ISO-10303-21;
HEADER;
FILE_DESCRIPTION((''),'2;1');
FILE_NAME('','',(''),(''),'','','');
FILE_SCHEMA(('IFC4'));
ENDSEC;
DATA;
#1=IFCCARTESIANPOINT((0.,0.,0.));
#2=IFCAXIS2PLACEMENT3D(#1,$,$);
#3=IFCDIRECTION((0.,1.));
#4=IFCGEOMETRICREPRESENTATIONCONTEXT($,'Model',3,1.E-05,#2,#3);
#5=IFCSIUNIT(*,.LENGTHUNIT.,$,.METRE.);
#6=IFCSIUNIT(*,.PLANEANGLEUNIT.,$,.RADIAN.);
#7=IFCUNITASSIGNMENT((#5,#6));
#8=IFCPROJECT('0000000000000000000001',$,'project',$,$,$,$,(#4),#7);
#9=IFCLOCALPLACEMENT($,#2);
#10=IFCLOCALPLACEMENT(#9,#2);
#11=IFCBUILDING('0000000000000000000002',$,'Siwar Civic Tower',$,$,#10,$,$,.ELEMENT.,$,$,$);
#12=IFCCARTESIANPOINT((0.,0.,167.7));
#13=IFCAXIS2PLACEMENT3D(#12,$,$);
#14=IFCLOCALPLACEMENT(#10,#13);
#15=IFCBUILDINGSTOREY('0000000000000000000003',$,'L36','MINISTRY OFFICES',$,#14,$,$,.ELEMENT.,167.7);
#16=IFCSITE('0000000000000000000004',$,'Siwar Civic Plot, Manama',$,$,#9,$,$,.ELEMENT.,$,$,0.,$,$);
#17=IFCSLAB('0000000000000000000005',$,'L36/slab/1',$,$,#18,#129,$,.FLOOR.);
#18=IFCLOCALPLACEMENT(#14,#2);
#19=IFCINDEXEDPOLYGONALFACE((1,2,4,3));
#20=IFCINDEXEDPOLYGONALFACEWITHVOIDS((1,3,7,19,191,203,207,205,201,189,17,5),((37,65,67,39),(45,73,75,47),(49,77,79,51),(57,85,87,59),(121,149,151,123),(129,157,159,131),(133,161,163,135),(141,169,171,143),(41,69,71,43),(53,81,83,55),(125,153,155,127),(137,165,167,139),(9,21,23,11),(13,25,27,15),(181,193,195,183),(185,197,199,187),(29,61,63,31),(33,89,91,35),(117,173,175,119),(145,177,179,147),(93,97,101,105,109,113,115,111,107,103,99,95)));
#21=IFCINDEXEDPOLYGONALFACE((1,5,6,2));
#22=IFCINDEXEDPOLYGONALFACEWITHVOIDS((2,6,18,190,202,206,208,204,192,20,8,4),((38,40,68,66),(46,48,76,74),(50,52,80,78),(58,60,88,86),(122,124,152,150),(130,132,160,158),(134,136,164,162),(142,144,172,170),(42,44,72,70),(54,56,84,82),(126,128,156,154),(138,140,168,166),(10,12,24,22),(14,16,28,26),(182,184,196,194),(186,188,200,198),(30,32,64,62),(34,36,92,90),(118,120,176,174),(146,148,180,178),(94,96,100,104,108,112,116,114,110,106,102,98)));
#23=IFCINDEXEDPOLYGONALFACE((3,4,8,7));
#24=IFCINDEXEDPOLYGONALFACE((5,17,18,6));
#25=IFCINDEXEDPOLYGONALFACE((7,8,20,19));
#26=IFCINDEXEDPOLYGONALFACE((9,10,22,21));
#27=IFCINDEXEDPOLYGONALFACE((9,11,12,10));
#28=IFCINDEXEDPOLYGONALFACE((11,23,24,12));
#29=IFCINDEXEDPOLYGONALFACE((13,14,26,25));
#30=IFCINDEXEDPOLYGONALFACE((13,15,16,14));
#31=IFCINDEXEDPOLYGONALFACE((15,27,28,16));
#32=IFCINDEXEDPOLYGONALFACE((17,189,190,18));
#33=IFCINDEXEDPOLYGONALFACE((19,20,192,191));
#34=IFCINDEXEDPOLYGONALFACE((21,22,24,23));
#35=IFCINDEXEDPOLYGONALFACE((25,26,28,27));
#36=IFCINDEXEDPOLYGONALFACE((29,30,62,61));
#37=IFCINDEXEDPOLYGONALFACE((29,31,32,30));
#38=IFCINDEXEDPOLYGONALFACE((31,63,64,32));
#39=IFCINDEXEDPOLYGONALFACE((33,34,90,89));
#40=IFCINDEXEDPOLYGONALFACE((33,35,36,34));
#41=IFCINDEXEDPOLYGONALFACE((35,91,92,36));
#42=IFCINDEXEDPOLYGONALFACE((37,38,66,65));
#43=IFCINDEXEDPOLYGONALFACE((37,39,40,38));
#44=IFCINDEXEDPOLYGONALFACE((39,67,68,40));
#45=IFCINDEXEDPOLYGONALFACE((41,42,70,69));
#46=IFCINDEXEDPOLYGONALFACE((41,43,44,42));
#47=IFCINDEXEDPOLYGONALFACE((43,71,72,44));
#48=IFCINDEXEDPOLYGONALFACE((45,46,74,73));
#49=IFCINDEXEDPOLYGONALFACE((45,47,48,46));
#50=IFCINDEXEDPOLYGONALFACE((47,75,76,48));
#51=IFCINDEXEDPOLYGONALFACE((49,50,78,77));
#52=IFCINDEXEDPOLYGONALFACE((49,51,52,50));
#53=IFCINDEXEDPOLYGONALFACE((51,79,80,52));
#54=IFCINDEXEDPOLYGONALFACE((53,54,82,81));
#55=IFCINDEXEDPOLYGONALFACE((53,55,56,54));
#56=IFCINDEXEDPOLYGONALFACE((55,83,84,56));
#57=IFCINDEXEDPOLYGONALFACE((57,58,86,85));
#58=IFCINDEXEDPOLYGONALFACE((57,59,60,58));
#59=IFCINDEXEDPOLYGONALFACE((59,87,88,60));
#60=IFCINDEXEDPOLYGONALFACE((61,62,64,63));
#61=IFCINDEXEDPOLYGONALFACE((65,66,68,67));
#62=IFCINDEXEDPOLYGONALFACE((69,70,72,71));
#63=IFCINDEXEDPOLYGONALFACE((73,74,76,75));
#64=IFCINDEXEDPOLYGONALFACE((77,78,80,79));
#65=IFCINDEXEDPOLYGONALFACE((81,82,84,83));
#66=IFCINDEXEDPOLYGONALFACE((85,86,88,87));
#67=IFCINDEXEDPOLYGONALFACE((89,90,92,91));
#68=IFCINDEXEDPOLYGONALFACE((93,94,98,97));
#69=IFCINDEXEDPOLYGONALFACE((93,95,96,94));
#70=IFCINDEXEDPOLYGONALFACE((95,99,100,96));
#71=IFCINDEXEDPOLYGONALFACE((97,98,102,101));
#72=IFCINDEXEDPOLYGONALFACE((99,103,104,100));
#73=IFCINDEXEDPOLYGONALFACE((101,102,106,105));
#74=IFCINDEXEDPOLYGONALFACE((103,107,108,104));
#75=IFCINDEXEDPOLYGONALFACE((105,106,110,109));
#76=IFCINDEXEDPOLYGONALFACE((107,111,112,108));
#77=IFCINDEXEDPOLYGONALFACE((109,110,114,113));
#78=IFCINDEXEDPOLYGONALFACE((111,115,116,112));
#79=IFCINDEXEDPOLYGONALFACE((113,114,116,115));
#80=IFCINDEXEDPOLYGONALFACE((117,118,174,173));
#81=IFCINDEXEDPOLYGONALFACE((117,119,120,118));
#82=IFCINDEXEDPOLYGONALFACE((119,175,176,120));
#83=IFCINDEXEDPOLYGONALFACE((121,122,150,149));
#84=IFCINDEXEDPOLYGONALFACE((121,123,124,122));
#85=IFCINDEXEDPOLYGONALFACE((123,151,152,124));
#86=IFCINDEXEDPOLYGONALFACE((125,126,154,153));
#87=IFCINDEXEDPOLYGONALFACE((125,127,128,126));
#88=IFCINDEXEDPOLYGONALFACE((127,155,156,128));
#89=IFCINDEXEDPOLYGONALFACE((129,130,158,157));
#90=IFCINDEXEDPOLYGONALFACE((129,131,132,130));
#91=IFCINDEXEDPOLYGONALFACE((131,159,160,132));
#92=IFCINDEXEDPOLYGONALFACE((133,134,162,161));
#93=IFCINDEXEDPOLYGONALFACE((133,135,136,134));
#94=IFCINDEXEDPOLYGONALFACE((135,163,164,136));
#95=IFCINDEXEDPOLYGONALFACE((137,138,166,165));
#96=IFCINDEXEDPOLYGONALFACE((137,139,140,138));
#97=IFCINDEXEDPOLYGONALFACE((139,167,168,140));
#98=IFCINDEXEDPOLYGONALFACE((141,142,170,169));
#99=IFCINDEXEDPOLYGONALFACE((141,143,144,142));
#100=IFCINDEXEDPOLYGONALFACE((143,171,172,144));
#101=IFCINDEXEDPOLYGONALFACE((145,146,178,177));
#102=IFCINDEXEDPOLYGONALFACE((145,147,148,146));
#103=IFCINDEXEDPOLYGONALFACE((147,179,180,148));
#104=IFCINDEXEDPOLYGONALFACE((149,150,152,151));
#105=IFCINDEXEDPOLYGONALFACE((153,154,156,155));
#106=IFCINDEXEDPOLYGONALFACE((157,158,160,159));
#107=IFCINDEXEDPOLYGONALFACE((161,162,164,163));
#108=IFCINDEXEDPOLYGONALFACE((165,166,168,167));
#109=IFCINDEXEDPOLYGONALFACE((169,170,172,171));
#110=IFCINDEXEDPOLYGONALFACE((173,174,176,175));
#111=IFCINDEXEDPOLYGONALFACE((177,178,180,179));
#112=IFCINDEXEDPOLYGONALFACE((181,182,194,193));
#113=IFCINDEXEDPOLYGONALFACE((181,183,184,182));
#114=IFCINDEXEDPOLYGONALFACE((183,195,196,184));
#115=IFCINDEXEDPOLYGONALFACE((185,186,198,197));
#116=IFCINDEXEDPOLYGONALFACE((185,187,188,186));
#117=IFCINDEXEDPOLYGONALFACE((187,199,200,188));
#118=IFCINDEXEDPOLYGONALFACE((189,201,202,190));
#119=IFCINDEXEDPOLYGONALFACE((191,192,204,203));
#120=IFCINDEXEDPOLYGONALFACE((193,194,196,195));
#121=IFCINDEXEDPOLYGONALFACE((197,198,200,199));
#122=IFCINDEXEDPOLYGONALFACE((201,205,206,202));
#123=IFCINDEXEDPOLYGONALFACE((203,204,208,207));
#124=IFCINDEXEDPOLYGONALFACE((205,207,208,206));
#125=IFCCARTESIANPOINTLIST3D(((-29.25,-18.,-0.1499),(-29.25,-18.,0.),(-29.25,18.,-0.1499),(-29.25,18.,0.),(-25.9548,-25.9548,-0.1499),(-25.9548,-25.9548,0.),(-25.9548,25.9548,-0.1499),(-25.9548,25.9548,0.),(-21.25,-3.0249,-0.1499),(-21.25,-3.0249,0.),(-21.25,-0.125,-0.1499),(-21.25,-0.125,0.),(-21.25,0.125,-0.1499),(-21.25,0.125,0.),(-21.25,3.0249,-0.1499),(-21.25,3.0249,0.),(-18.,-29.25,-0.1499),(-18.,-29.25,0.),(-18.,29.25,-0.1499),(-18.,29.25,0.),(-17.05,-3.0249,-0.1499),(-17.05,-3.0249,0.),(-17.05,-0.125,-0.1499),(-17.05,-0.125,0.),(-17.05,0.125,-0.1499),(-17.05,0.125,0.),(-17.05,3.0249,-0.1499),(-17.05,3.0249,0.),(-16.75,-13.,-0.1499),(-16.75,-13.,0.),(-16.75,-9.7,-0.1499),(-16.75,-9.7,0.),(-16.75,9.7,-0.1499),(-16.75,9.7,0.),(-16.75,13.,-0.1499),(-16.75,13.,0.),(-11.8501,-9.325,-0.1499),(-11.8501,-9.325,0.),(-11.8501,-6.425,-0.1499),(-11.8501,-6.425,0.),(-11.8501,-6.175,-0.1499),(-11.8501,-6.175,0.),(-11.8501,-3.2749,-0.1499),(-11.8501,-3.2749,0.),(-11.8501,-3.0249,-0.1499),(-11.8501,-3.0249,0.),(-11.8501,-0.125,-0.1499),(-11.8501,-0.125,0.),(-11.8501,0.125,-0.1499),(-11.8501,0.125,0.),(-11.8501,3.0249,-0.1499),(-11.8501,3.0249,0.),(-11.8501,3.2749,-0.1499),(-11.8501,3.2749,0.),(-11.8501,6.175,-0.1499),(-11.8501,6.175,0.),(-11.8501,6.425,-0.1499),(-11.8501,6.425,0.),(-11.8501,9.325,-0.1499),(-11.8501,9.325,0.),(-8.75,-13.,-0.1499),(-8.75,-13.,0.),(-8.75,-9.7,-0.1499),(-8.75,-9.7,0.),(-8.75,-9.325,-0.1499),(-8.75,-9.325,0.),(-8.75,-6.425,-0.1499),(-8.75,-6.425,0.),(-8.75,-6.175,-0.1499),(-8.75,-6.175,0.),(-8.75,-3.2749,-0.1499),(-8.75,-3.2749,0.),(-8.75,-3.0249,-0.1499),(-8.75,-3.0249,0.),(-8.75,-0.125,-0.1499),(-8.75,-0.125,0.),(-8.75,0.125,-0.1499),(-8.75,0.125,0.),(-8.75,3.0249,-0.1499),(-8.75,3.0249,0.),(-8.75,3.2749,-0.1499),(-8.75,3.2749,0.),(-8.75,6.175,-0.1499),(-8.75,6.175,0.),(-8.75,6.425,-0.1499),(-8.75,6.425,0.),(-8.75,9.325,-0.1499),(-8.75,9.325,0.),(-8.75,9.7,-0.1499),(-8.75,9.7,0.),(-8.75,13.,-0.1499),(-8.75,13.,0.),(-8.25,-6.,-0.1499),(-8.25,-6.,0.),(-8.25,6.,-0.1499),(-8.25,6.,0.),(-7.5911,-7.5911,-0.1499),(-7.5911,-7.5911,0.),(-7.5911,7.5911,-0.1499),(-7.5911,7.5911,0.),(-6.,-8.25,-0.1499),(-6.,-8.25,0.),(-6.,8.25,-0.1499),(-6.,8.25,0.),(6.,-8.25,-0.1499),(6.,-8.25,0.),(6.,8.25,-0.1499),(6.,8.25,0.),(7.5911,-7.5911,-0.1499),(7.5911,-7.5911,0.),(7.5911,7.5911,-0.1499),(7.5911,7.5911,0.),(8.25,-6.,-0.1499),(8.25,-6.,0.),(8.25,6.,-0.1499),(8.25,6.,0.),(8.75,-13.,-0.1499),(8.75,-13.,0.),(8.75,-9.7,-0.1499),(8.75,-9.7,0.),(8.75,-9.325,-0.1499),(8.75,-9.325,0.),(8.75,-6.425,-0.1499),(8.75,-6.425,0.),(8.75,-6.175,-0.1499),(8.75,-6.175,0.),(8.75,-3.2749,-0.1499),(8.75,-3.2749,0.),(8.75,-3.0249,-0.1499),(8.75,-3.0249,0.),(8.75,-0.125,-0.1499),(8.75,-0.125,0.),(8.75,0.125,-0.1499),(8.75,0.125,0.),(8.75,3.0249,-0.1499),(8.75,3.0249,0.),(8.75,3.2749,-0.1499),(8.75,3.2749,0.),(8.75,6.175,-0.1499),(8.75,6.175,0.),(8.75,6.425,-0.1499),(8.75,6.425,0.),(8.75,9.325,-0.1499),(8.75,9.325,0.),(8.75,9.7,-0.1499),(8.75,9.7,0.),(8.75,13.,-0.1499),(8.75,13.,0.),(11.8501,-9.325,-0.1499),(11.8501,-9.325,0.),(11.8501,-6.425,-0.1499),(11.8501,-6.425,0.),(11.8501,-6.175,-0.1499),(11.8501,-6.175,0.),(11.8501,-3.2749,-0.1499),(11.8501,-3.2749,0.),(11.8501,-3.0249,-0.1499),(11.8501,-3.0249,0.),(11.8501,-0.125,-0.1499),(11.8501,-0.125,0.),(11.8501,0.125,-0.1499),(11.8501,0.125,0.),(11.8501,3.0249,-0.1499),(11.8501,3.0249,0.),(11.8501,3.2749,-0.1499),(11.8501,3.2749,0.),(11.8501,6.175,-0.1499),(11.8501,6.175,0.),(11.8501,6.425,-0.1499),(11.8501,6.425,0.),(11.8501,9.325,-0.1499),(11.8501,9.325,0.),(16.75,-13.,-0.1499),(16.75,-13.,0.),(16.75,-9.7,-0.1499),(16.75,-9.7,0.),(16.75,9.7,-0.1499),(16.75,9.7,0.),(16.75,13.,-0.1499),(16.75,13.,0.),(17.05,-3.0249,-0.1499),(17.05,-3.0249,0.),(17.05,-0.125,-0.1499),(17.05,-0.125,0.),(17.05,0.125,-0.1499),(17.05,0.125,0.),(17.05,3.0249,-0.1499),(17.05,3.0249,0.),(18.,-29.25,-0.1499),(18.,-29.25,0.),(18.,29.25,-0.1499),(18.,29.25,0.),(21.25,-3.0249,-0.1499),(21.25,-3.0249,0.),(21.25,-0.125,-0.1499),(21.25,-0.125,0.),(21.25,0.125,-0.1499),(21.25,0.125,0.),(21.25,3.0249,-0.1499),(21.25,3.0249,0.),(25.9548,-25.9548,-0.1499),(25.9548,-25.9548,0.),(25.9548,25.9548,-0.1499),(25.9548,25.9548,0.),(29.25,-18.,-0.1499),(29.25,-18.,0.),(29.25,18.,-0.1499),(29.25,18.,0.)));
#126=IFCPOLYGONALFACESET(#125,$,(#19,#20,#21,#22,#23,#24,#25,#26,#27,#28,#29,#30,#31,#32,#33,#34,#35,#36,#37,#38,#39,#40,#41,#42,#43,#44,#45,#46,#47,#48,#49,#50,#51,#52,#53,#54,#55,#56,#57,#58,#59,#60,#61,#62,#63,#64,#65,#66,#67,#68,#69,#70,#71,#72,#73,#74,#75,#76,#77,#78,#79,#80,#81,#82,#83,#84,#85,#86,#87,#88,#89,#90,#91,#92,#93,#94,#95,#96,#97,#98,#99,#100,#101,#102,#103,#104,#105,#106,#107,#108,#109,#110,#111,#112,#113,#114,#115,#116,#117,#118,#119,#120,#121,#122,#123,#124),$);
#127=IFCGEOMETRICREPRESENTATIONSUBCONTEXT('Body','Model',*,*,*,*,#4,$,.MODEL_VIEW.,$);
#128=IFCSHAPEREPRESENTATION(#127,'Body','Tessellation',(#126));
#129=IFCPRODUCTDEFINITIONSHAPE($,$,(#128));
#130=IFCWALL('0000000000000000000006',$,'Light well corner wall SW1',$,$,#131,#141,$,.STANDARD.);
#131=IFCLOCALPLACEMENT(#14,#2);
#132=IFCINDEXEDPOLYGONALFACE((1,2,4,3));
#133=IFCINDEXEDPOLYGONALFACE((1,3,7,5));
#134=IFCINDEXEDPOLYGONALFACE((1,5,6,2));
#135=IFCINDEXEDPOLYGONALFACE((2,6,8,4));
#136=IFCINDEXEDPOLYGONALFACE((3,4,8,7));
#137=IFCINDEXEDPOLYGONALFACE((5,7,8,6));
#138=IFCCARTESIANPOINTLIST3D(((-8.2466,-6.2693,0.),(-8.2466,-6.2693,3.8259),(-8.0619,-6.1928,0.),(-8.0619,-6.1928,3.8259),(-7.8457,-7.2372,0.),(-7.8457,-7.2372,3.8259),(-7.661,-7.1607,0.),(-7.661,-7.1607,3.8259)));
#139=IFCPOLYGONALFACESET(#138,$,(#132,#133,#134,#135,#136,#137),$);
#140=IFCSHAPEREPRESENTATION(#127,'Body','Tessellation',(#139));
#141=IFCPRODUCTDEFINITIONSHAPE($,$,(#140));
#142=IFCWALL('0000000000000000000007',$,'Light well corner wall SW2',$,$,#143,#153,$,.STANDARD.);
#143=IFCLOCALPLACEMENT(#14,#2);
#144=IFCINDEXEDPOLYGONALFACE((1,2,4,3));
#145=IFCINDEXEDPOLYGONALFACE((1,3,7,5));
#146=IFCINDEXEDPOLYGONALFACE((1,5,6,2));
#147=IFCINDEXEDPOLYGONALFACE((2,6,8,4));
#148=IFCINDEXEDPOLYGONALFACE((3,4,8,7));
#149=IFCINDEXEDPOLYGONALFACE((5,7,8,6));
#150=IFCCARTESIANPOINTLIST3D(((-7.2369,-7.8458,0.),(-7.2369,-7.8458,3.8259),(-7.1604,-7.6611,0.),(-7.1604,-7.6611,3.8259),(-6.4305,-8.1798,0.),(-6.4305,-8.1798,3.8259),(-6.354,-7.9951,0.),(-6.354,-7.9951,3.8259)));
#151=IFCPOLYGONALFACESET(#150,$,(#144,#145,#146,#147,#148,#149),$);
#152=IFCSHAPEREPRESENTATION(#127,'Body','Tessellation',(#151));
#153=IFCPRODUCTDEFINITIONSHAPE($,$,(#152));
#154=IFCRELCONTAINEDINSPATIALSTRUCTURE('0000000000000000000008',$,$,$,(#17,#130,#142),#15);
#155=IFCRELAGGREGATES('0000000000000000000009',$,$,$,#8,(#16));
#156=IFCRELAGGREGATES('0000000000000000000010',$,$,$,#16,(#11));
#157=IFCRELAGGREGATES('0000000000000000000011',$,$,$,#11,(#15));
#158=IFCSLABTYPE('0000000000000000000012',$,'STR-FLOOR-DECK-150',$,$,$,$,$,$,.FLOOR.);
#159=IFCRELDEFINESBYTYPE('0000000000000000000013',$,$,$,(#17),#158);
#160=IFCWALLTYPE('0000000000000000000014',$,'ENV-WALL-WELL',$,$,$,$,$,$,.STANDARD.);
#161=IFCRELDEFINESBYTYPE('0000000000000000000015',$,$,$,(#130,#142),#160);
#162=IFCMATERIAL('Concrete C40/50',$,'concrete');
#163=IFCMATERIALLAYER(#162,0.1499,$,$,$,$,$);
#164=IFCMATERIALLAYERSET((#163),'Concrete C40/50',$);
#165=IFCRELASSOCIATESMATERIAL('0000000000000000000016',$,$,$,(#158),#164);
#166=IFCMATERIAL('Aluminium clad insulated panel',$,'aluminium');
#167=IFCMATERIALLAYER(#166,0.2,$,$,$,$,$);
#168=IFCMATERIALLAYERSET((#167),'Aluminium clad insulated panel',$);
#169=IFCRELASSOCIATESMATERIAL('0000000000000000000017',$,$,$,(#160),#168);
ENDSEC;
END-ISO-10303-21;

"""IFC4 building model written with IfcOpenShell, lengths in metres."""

from ifc_helpers import new_model, si_unit, direction, frame, frame_2d, origin, place, context, subcontext, project, spatial, polyline, rectangle, outline, extrude, material, layer, layer_set, type_object, element, save


model = new_model("IFC4")

# Units and contexts
model_context = context("Model", 3, precision=1e-05, world=origin(), true_north=direction((0.0, 1.0)))
body_context = subcontext(model_context, "Body", "Model", "MODEL_VIEW")
ifc_project = project(units=[si_unit("LENGTHUNIT", "METRE"), si_unit("PLANEANGLEUNIT", "RADIAN")], contexts=[model_context])

# Site, building, storey
site_placement = place(None, origin())
site = spatial("IfcSite", under=ifc_project, at=site_placement, Name="Siwar Civic Plot, Manama", CompositionType="ELEMENT", RefElevation=0.0)
building_placement = place(site_placement, origin())
building = spatial("IfcBuilding", under=site, at=building_placement, Name="Siwar Civic Tower", CompositionType="ELEMENT")
storey_placement = place(building_placement, frame((0.0, 0.0, 167.7)))
storey = spatial("IfcBuildingStorey", under=building, at=storey_placement, Name="L36", Description="MINISTRY OFFICES", CompositionType="ELEMENT", Elevation=167.7)

# Slab
ifc_material_1 = material(Name="Concrete C40/50", Category="concrete")
ifc_layer_1 = layer(ifc_material_1, 0.1499)
ifc_layer_set_1 = layer_set([ifc_layer_1], Name="Concrete C40/50")
slab_type = type_object("IfcSlabType", Name="STR-FLOOR-DECK-150", PredefinedType="FLOOR", material=ifc_layer_set_1)
slab_placement = place(storey_placement, frame((0.0, 0.0, -0.1499)))
element("IfcSlab", 1, at=slab_placement, inside=storey, type_object=slab_type, Name="L36/slab/1", PredefinedType="FLOOR", context=body_context, shape_type="SweptSolid", body=[
    extrude(outline(polyline([(-18.0, -29.25), (18.0, -29.25), (25.9548, -25.9548), (29.25, -18.0), (29.25, 18.0), (25.9548, 25.9548), (18.0, 29.25), (-18.0, 29.25), (-25.9548, 25.9548), (-29.25, 18.0), (-29.25, -18.0), (-25.9548, -25.9548), (-18.0, -29.25)]), holes=[polyline([(21.25, 3.0249), (21.25, 0.125), (17.05, 0.125), (17.05, 3.0249), (21.25, 3.0249)]), polyline([(17.05, -0.125), (21.25, -0.125), (21.25, -3.0249), (17.05, -3.0249), (17.05, -0.125)]), polyline([(16.75, 13.0), (16.75, 9.7), (8.75, 9.7), (8.75, 13.0), (16.75, 13.0)]), polyline([(8.75, -9.7), (16.75, -9.7), (16.75, -13.0), (8.75, -13.0), (8.75, -9.7)]), polyline([(11.8501, 9.325), (11.8501, 6.425), (8.75, 6.425), (8.75, 9.325), (11.8501, 9.325)]), polyline([(11.8501, 3.0249), (11.8501, 0.125), (8.75, 0.125), (8.75, 3.0249), (11.8501, 3.0249)]), polyline([(11.8501, -0.125), (11.8501, -3.0249), (8.75, -3.0249), (8.75, -0.125), (11.8501, -0.125)]), polyline([(11.8501, -3.2749), (11.8501, -6.175), (8.75, -6.175), (8.75, -3.2749), (11.8501, -3.2749)]), polyline([(8.75, 6.175), (11.8501, 6.175), (11.8501, 3.2749), (8.75, 3.2749), (8.75, 6.175)]), polyline([(8.75, -6.425), (11.8501, -6.425), (11.8501, -9.325), (8.75, -9.325), (8.75, -6.425)]), polyline([(-6.0, 8.25), (6.0, 8.25), (7.5911, 7.5911), (8.25, 6.0), (8.25, -6.0), (7.5911, -7.5911), (6.0, -8.25), (-6.0, -8.25), (-7.5911, -7.5911), (-8.25, -6.0), (-8.25, 6.0), (-7.5911, 7.5911), (-6.0, 8.25)]), polyline([(-8.75, 9.7), (-16.75, 9.7), (-16.75, 13.0), (-8.75, 13.0), (-8.75, 9.7)]), polyline([(-8.75, 0.125), (-11.8501, 0.125), (-11.8501, 3.0249), (-8.75, 3.0249), (-8.75, 0.125)]), polyline([(-8.75, -6.175), (-11.8501, -6.175), (-11.8501, -3.2749), (-8.75, -3.2749), (-8.75, -6.175)]), polyline([(-8.75, -9.325), (-11.8501, -9.325), (-11.8501, -6.425), (-8.75, -6.425), (-8.75, -9.325)]), polyline([(-8.75, -13.0), (-16.75, -13.0), (-16.75, -9.7), (-8.75, -9.7), (-8.75, -13.0)]), polyline([(-11.8501, 6.425), (-11.8501, 9.325), (-8.75, 9.325), (-8.75, 6.425), (-11.8501, 6.425)]), polyline([(-11.8501, 3.2749), (-11.8501, 6.175), (-8.75, 6.175), (-8.75, 3.2749), (-11.8501, 3.2749)]), polyline([(-11.8501, -3.0249), (-11.8501, -0.125), (-8.75, -0.125), (-8.75, -3.0249), (-11.8501, -3.0249)]), polyline([(-21.25, -3.0249), (-21.25, -0.125), (-17.05, -0.125), (-17.05, -3.0249), (-21.25, -3.0249)]), polyline([(-17.05, 0.125), (-21.25, 0.125), (-21.25, 3.0249), (-17.05, 3.0249), (-17.05, 0.125)])]), origin(), (0.0, 0.0, 1.0), 0.1499),
])

# Walls
ifc_material_2 = material(Name="Aluminium clad insulated panel", Category="aluminium")
ifc_layer_2 = layer(ifc_material_2, 0.2)
ifc_layer_set_2 = layer_set([ifc_layer_2], Name="Aluminium clad insulated panel")
wall_type = type_object("IfcWallType", Name="ENV-WALL-WELL", PredefinedType="STANDARD", material=ifc_layer_set_2)
wall_1_placement = place(storey_placement, frame((-8.1543, -6.231, 0.0), z_axis=(0.0, 0.0, 1.0), x_axis=(0.382695, -0.923875, 0.0)))
element("IfcWall", 2, at=wall_1_placement, inside=storey, type_object=wall_type, Name="Light well corner wall SW1", PredefinedType="STANDARD", context=body_context, shape_type="SweptSolid", body=[
    extrude(rectangle(XDim=1.0476, YDim=0.2, at=frame_2d((0.5239, 0.0))), origin(), (0.0, 0.0, 1.0), 3.8259),
])
wall_2_placement = place(storey_placement, frame((-7.1987, -7.7534, 0.0), z_axis=(0.0, 0.0, 1.0), x_axis=(0.923894, -0.382648, 0.0)))
element("IfcWall", 3, at=wall_2_placement, inside=storey, type_object=wall_type, Name="Light well corner wall SW2", PredefinedType="STANDARD", context=body_context, shape_type="SweptSolid", body=[
    extrude(rectangle(XDim=0.8728, YDim=0.2, at=frame_2d((0.4365, 0.0))), origin(), (0.0, 0.0, 1.0), 3.8259),
])

save(model, "model.ifc")
